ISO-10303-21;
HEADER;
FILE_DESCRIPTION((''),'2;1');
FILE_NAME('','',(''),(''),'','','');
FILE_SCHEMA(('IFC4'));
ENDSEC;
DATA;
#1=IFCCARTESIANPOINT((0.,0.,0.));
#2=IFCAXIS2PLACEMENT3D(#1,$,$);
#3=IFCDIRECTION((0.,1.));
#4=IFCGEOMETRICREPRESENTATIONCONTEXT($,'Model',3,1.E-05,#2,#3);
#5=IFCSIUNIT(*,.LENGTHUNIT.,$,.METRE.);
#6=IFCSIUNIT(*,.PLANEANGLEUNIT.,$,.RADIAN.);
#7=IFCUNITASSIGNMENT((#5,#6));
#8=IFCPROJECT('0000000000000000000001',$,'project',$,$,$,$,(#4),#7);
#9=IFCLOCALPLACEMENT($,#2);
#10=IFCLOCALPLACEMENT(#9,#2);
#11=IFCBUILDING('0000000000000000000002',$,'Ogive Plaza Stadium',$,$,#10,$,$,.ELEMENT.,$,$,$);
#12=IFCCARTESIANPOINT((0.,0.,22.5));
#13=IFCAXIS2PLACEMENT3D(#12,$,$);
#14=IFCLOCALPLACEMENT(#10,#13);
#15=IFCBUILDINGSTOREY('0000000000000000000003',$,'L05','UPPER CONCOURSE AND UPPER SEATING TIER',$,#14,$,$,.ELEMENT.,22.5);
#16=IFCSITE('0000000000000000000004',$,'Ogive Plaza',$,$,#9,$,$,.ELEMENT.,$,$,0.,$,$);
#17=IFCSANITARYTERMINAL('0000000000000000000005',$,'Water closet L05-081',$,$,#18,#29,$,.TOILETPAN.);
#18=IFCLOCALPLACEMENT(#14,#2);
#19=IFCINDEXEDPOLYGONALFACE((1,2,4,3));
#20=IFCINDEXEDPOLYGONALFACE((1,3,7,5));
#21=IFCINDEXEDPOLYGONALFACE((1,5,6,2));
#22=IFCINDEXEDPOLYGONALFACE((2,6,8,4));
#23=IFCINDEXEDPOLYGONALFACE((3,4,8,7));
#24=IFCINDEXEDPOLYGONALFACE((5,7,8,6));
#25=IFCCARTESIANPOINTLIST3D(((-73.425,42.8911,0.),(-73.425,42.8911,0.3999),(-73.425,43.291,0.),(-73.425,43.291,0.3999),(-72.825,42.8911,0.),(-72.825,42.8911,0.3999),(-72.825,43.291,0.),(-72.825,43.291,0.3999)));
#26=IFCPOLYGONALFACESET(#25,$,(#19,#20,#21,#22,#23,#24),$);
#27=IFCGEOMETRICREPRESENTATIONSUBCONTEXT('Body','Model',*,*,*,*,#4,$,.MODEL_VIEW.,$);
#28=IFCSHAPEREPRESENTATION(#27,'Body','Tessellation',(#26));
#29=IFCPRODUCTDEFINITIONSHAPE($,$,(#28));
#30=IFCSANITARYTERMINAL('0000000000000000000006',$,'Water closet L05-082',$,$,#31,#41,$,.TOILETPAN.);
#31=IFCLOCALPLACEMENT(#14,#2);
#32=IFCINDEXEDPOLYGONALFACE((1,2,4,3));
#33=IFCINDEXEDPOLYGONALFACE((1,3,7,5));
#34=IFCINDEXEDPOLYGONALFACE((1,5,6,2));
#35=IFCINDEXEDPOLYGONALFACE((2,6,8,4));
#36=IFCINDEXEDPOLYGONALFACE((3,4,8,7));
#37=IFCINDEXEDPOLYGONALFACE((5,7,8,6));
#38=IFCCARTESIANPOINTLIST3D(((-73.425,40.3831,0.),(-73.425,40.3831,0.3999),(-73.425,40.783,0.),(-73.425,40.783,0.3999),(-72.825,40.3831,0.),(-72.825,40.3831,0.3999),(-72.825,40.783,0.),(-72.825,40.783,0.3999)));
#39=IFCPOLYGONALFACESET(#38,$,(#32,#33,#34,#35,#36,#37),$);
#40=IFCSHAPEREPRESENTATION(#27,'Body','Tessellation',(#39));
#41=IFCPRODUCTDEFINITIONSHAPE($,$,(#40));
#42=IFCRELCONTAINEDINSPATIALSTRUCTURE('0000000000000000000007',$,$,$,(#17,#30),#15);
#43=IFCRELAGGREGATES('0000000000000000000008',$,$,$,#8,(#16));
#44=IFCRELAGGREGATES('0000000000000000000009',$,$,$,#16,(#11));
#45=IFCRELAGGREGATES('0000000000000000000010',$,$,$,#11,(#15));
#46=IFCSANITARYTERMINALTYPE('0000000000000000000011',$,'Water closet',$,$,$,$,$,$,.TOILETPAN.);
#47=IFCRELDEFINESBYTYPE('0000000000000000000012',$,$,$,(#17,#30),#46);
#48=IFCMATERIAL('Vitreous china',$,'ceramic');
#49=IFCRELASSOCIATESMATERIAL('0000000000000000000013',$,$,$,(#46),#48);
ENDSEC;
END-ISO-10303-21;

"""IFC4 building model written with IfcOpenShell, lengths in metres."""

from ifc_helpers import new_model, si_unit, direction, frame, origin, origin_2d, place, context, subcontext, project, spatial, rectangle, extrude, material, type_object, element, save


model = new_model("IFC4")

# Units and contexts
model_context = context("Model", 3, precision=1e-05, world=origin(), true_north=direction((0.0, 1.0)))
body_context = subcontext(model_context, "Body", "Model", "MODEL_VIEW")
ifc_project = project(units=[si_unit("LENGTHUNIT", "METRE"), si_unit("PLANEANGLEUNIT", "RADIAN")], contexts=[model_context])

# Site, building, storey
site_placement = place(None, origin())
site = spatial("IfcSite", under=ifc_project, at=site_placement, Name="Ogive Plaza", CompositionType="ELEMENT", RefElevation=0.0)
building_placement = place(site_placement, origin())
building = spatial("IfcBuilding", under=site, at=building_placement, Name="Ogive Plaza Stadium", CompositionType="ELEMENT")
storey_placement = place(building_placement, frame((0.0, 0.0, 22.5)))
storey = spatial("IfcBuildingStorey", under=building, at=storey_placement, Name="L05", Description="UPPER CONCOURSE AND UPPER SEATING TIER", CompositionType="ELEMENT", Elevation=22.5)

# Sanitary terminals
ifc_material_1 = material(Name="Vitreous china", Category="ceramic")
sanitary_terminal_type_1 = type_object("IfcSanitaryTerminalType", Name="Water closet", PredefinedType="TOILETPAN", material=ifc_material_1)
for number, where, z_axis, x_axis, name in (
    (1, (-73.125, 43.0911, 0.0), (0.0, 0.0, 1.0), (0.0, -1.0, 0.0), "Water closet L05-081"),
    (2, (-73.125, 40.583, 0.0), (0.0, 0.0, 1.0), (0.0, -1.0, 0.0), "Water closet L05-082"),
):
    element("IfcSanitaryTerminal", number, at=place(storey_placement, frame(where, z_axis=z_axis, x_axis=x_axis)), inside=storey, type_object=sanitary_terminal_type_1, Name=name, PredefinedType="TOILETPAN", context=body_context, shape_type="SweptSolid", body=[
        extrude(rectangle(XDim=0.3999, YDim=0.6001, at=origin_2d()), origin(), (0.0, 0.0, 1.0), 0.3999),
    ])

save(model, "model.ifc")
